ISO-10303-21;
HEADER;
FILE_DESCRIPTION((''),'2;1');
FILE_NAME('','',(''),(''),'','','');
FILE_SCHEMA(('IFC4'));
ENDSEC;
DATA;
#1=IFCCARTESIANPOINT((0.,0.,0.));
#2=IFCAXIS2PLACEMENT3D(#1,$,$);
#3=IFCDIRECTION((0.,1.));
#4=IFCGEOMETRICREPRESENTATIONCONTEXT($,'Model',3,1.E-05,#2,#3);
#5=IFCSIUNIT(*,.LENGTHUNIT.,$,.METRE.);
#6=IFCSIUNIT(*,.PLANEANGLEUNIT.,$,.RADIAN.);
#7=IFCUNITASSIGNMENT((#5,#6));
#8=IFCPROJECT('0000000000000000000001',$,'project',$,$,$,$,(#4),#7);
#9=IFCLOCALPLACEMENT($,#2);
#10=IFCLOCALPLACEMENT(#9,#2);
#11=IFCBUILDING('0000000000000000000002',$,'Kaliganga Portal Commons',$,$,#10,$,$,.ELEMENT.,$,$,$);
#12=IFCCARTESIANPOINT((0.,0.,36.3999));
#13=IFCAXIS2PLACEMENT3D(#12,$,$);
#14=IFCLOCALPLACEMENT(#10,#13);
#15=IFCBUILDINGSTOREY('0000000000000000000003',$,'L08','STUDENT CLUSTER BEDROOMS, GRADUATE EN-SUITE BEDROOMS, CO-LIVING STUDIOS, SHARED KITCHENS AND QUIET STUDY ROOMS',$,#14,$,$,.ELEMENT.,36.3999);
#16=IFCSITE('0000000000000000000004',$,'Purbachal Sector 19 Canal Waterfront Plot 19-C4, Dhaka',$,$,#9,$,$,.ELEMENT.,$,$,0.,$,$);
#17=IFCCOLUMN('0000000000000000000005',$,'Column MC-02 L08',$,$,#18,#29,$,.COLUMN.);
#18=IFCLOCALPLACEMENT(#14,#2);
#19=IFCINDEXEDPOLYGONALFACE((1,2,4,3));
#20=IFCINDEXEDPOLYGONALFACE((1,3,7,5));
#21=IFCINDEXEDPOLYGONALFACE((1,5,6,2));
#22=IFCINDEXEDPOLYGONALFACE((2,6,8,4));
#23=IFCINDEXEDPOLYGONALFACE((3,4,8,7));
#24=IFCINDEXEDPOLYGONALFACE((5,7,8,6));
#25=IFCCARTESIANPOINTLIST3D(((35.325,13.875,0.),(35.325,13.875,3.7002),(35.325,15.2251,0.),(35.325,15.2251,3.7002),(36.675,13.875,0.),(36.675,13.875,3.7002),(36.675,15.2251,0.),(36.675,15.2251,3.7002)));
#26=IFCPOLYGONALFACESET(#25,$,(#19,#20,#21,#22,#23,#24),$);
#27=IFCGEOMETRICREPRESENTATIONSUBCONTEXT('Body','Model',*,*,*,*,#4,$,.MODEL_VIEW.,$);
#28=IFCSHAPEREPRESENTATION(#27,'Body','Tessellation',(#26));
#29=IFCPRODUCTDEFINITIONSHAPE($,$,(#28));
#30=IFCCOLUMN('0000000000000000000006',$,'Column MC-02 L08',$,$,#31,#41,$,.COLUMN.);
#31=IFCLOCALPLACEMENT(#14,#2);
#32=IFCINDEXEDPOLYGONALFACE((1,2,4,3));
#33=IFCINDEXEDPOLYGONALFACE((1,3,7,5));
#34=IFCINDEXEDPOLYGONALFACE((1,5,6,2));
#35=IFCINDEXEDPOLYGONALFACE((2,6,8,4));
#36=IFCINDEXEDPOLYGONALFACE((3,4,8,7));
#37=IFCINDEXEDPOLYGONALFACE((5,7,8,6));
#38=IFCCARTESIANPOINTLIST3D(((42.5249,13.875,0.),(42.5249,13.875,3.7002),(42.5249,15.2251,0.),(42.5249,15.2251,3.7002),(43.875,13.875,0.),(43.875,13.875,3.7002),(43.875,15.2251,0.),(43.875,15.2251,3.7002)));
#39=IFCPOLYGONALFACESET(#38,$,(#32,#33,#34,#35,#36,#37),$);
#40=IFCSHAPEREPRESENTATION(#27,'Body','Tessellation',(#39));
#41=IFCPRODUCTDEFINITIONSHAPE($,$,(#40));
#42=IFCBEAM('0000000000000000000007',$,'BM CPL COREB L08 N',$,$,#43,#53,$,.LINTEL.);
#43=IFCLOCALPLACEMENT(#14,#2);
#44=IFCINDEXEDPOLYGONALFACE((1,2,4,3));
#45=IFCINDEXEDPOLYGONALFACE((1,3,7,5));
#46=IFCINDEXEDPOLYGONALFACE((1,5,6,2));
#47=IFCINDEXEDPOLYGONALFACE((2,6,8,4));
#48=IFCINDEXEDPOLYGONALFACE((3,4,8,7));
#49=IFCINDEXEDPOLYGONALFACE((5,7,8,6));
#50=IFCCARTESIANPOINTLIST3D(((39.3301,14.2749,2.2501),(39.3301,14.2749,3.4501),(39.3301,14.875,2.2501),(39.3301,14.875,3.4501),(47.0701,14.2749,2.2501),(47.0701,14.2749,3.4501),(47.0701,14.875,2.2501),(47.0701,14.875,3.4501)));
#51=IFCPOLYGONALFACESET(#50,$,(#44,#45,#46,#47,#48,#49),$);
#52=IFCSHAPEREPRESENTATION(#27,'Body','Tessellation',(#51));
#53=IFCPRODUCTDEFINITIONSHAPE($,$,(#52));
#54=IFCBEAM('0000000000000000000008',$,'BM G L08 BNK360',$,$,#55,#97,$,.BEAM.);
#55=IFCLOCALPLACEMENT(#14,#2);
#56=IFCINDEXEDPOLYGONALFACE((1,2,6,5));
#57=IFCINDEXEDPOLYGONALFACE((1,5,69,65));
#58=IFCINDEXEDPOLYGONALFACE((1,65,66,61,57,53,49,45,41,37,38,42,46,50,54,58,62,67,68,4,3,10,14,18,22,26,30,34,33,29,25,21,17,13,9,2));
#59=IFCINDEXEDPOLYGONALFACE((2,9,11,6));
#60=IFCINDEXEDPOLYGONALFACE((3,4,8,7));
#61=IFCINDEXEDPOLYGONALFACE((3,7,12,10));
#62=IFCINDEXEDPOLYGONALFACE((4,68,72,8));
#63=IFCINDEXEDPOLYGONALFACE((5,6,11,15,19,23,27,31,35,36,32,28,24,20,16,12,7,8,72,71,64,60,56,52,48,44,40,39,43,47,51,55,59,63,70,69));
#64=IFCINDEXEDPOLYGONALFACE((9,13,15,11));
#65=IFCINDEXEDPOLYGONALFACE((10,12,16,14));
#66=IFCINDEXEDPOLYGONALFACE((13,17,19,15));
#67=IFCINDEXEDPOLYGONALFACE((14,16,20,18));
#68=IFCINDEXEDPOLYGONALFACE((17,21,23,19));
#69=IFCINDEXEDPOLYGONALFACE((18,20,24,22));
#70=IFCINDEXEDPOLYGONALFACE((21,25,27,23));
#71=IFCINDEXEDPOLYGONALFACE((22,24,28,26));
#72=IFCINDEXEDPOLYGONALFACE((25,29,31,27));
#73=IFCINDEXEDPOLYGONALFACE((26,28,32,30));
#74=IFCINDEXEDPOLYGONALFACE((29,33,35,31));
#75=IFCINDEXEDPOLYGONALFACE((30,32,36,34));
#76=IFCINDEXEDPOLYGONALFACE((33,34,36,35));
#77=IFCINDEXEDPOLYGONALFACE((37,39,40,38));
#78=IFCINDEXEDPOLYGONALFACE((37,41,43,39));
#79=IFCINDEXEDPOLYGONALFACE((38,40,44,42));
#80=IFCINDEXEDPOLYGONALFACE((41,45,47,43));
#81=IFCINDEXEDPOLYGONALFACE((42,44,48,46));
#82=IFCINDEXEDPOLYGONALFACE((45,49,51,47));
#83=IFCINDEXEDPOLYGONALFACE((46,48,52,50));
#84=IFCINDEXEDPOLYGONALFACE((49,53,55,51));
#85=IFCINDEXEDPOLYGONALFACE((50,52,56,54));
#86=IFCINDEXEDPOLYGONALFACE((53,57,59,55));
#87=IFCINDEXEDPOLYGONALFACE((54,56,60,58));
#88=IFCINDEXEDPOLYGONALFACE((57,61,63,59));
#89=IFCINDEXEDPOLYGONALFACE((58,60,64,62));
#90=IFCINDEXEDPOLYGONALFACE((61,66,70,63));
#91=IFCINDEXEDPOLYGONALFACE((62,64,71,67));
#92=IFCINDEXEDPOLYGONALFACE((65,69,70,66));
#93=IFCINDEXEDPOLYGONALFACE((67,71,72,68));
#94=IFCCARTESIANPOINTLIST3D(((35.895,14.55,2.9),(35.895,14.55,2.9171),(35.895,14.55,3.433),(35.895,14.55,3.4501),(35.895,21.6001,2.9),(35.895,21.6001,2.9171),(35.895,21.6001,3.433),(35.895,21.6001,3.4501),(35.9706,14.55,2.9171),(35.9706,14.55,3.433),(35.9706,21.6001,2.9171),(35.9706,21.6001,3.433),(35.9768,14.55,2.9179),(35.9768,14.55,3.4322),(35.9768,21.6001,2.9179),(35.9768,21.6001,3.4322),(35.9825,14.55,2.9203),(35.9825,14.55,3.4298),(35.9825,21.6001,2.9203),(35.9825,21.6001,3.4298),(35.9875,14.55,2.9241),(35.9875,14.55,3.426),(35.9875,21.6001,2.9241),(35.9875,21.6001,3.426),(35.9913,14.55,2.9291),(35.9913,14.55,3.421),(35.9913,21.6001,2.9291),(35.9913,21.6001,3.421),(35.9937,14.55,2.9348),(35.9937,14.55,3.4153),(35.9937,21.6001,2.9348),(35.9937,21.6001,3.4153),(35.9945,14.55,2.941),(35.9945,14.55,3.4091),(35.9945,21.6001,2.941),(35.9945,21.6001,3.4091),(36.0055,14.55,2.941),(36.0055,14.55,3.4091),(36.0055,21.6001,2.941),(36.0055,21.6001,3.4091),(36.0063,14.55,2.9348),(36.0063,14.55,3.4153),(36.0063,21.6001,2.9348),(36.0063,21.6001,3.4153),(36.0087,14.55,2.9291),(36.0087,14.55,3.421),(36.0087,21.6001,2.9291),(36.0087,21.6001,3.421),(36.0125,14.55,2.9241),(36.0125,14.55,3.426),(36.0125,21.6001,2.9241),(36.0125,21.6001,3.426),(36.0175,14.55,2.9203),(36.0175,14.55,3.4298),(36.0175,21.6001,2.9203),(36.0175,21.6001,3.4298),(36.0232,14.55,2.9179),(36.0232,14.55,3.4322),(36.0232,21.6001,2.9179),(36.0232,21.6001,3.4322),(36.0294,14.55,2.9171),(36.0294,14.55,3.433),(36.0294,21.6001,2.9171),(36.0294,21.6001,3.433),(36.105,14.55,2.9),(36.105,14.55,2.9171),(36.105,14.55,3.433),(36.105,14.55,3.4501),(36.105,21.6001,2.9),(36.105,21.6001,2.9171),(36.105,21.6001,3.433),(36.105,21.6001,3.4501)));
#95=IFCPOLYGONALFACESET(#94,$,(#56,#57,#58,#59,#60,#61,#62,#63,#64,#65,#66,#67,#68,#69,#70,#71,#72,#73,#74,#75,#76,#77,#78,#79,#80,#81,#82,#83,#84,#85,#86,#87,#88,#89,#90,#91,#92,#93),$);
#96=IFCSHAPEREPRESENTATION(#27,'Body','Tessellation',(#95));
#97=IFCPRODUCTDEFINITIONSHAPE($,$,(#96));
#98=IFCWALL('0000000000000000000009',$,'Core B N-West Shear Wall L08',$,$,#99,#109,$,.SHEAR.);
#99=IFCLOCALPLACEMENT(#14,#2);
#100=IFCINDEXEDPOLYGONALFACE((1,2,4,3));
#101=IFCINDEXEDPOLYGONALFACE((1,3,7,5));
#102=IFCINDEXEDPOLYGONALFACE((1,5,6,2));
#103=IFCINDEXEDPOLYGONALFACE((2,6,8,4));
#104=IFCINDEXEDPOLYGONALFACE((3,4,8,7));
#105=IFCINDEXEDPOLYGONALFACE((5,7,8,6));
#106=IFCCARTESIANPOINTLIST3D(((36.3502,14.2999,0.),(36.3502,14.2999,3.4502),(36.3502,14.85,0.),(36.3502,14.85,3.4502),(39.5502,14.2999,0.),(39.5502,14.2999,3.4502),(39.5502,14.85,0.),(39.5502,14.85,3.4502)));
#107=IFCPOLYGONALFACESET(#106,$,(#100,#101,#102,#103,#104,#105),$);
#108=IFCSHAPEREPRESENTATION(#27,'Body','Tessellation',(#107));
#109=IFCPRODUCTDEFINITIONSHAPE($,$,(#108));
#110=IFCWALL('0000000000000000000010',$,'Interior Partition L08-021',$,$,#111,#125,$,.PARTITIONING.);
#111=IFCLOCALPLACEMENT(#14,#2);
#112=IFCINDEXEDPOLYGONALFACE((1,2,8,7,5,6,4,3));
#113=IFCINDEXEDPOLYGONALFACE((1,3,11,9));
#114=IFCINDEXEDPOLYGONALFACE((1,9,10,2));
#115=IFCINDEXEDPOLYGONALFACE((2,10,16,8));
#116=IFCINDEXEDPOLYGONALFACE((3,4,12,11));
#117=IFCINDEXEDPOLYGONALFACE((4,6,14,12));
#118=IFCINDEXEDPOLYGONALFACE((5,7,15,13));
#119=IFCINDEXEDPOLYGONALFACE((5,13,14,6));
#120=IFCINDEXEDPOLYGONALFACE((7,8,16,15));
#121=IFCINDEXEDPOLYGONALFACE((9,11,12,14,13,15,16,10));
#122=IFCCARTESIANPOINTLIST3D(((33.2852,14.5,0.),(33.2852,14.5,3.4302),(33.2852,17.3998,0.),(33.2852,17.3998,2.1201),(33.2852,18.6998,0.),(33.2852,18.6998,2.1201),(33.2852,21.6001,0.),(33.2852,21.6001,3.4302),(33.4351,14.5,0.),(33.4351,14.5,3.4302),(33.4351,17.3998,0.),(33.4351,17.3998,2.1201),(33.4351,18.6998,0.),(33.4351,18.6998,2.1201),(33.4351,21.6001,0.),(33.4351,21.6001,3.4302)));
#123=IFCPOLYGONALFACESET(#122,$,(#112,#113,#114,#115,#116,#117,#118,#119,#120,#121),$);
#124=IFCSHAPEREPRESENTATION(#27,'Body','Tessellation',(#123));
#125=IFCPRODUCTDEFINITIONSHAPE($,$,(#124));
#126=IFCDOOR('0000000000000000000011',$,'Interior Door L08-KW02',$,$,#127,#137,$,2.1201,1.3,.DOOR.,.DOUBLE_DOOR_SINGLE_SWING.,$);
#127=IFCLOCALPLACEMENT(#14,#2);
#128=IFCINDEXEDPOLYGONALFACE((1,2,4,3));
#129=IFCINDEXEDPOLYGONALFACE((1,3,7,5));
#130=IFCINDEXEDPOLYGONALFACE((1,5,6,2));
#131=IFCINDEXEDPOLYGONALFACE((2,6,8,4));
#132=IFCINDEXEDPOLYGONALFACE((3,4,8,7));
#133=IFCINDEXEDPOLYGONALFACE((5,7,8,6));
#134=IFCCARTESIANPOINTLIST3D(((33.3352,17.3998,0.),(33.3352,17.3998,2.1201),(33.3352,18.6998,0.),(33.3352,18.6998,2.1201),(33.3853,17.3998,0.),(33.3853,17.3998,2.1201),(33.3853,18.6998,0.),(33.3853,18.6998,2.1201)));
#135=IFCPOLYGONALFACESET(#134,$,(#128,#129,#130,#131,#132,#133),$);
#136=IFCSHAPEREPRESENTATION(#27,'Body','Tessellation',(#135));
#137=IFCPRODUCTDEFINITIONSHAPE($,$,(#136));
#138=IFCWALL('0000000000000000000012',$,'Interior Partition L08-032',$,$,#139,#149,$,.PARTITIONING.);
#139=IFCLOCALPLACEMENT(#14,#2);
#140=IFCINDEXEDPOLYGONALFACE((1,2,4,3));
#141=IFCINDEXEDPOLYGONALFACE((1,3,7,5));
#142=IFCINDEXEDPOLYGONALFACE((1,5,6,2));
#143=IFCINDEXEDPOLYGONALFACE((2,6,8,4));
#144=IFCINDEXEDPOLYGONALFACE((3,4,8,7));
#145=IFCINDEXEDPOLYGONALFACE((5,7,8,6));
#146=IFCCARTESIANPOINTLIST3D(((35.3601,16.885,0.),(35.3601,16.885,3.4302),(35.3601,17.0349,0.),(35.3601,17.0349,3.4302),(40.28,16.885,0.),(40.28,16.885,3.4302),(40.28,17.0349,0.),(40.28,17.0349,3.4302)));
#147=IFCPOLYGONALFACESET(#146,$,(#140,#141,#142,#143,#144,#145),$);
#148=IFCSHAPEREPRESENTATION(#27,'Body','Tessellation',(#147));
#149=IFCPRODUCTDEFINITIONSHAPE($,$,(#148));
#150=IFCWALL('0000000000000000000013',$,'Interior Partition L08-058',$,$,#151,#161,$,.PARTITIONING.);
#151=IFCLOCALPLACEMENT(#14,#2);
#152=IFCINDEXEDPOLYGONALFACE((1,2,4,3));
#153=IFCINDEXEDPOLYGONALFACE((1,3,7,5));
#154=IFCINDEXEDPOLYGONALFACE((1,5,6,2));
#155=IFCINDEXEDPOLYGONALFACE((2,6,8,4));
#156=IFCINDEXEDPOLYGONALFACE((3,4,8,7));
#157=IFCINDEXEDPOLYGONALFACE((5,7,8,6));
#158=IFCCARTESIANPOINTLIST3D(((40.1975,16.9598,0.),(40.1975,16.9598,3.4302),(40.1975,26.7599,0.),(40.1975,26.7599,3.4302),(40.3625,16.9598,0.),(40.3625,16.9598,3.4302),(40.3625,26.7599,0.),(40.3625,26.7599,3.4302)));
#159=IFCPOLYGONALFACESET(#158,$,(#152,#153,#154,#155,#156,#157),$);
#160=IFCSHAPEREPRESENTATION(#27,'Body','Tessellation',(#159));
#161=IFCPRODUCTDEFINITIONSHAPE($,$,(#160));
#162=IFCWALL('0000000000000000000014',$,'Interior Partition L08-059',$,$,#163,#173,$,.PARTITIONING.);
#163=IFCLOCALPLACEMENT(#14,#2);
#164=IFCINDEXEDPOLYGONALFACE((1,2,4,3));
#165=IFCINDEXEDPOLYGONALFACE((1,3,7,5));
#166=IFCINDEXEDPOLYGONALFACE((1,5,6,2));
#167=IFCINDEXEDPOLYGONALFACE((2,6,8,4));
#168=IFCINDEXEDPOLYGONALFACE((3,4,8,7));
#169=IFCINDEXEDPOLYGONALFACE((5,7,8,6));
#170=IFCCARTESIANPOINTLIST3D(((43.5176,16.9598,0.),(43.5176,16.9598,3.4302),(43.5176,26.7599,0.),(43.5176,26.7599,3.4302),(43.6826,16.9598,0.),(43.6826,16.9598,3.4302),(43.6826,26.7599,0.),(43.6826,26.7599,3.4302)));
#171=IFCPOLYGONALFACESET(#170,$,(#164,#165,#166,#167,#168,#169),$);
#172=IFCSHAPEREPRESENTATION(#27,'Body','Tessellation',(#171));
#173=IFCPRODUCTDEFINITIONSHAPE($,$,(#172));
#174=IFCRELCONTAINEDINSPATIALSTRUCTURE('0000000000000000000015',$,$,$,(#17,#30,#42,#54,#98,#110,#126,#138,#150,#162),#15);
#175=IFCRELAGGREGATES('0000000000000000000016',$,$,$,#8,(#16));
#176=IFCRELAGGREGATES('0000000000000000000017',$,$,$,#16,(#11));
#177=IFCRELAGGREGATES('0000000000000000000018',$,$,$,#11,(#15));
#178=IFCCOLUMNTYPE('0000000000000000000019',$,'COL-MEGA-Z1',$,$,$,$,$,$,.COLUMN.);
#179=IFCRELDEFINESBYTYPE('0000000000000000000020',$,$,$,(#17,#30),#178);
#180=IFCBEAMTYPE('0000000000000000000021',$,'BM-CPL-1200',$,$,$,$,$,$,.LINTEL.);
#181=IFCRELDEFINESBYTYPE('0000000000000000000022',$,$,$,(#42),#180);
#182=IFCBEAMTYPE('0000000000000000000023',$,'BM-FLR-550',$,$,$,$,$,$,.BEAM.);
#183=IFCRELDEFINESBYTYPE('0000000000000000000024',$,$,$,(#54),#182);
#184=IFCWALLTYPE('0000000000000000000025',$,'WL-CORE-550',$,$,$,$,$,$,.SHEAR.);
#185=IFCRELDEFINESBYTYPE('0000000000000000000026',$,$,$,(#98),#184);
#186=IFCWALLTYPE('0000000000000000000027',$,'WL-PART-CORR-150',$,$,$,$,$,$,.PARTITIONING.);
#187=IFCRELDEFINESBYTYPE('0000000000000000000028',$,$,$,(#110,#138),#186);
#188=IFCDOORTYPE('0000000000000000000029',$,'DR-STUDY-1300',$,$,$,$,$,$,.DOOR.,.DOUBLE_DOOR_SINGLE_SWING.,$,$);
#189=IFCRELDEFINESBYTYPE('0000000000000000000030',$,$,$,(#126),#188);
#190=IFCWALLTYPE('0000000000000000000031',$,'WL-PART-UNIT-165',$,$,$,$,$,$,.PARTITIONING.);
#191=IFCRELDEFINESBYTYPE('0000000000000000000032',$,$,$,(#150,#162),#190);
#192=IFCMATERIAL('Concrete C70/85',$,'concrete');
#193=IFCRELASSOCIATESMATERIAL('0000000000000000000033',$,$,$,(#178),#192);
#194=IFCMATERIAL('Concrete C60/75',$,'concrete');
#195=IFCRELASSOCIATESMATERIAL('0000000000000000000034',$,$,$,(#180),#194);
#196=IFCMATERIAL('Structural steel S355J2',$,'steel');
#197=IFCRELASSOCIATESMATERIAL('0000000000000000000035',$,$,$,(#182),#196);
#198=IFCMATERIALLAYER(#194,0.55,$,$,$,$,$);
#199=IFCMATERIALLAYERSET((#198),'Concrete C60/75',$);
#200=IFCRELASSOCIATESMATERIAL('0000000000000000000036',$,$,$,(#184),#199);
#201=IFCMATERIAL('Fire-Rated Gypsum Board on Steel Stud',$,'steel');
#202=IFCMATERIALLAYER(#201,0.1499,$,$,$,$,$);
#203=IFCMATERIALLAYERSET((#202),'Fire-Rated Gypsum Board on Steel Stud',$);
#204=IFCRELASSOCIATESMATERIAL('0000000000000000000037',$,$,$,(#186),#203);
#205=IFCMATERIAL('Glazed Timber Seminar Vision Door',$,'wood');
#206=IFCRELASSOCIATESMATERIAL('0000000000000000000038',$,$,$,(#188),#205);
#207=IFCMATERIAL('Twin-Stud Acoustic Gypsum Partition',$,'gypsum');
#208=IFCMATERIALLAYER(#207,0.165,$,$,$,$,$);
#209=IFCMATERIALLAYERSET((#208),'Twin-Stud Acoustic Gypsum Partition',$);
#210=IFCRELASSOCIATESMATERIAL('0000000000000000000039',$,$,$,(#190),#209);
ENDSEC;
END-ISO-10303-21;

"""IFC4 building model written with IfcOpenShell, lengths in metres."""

from ifc_helpers import new_model, si_unit, direction, frame, frame_2d, origin, origin_2d, place, context, subcontext, project, spatial, rectangle, i_section, extrude, source, transform, mapped, material, layer, layer_set, material_profile, profile_set, type_object, element, fill, save


model = new_model("IFC4")

# Units and contexts
model_context = context("Model", 3, precision=1e-05, world=origin(), true_north=direction((0.0, 1.0)))
body_context = subcontext(model_context, "Body", "Model", "MODEL_VIEW")
ifc_project = project(units=[si_unit("LENGTHUNIT", "METRE"), si_unit("PLANEANGLEUNIT", "RADIAN")], contexts=[model_context])

# Site, building, storey
site_placement = place(None, origin())
site = spatial("IfcSite", under=ifc_project, at=site_placement, Name="Purbachal Sector 19 Canal Waterfront Plot 19-C4, Dhaka", CompositionType="ELEMENT", RefElevation=0.0)
building_placement = place(site_placement, origin())
building = spatial("IfcBuilding", under=site, at=building_placement, Name="Kaliganga Portal Commons", CompositionType="ELEMENT")
storey_placement = place(building_placement, frame((0.0, 0.0, 36.3999)))
storey = spatial("IfcBuildingStorey", under=building, at=storey_placement, Name="L08", Description="STUDENT CLUSTER BEDROOMS, GRADUATE EN-SUITE BEDROOMS, CO-LIVING STUDIOS, SHARED KITCHENS AND QUIET STUDY ROOMS", CompositionType="ELEMENT", Elevation=36.3999)

# Columns
ifc_material_1 = material(Name="Concrete C70/85", Category="concrete")
ifc_material_profile_1 = material_profile(ifc_material_1, rectangle(XDim=1.3501, YDim=1.3501, at=origin_2d()), Name="RC 1350x1350")
ifc_profile_set_1 = profile_set([ifc_material_profile_1], Name="Concrete C70/85")
column_type = type_object("IfcColumnType", Name="COL-MEGA-Z1", PredefinedType="COLUMN", material=ifc_profile_set_1)
shared_shape_1 = source(origin(), body_context, "Body", "SweptSolid", [
    extrude(rectangle(XDim=1.3501, YDim=1.3501, at=origin_2d()), origin(), (0.0, 0.0, 1.0), 3.7002),
])
for number, where, z_axis, x_axis, name in (
    (1, (36.0, 14.55, 0.0), (0.0, 0.0, 1.0), (1.0, 0.0, 0.0), "Column MC-02 L08"),
    (2, (43.2, 14.55, 0.0), (0.0, 0.0, 1.0), (1.0, 0.0, 0.0), "Column MC-02 L08"),
):
    element("IfcColumn", number, at=place(storey_placement, frame(where, z_axis=z_axis, x_axis=x_axis)), inside=storey, type_object=column_type, Name=name, PredefinedType="COLUMN", context=body_context, shape_type="MappedRepresentation", body=[
        mapped(shared_shape_1, transform((0.0, 0.0, 0.0), x_axis=(1.0, 0.0, 0.0), y_axis=(0.0, 1.0, 0.0), z_axis=(0.0, 0.0, 1.0), scale=1.0)),
    ])

# Beams
ifc_material_2 = material(Name="Concrete C60/75", Category="concrete")
ifc_material_profile_2 = material_profile(ifc_material_2, rectangle(XDim=0.6001, YDim=1.2, at=origin_2d()), Name="RC 600x1200")
ifc_profile_set_2 = profile_set([ifc_material_profile_2], Name="Concrete C60/75")
beam_type_1 = type_object("IfcBeamType", Name="BM-CPL-1200", PredefinedType="LINTEL", material=ifc_profile_set_2)
shared_shape_2 = source(origin(), body_context, "Body", "SweptSolid", [
    extrude(rectangle(XDim=0.6001, YDim=1.2, at=origin_2d()), origin(), (0.0, 0.0, 1.0), 7.74),
])
beam_1_placement = place(storey_placement, frame((39.3301, 14.575, 2.8501), z_axis=(1.0, 0.0, 0.0), x_axis=(0.0, 1.0, 0.0)))
element("IfcBeam", 3, at=beam_1_placement, inside=storey, type_object=beam_type_1, Name="BM CPL COREB L08 N", PredefinedType="LINTEL", context=body_context, shape_type="MappedRepresentation", body=[
    mapped(shared_shape_2, transform((0.0, 0.0, 0.0), x_axis=(1.0, 0.0, 0.0), y_axis=(0.0, 1.0, 0.0), z_axis=(0.0, 0.0, 1.0), scale=1.0)),
])
ifc_material_3 = material(Name="Structural steel S355J2", Category="steel")
ifc_material_profile_3 = material_profile(ifc_material_3, i_section(OverallWidth=0.21, OverallDepth=0.55, WebThickness=0.011, FlangeThickness=0.0171, FilletRadius=0.0239, at=origin_2d()), Name="IPE 550")
ifc_profile_set_3 = profile_set([ifc_material_profile_3], Name="Structural steel S355J2 wide-flange")
beam_type_2 = type_object("IfcBeamType", Name="BM-FLR-550", PredefinedType="BEAM", material=ifc_profile_set_3)
shared_shape_3 = source(origin(), body_context, "Body", "SweptSolid", [
    extrude(i_section(OverallWidth=0.21, OverallDepth=0.55, WebThickness=0.011, FlangeThickness=0.0171, FilletRadius=0.0239, at=origin_2d()), origin(), (0.0, 0.0, 1.0), 7.05),
])
beam_2_placement = place(storey_placement, frame((36.0, 14.55, 3.175), z_axis=(0.0, 1.0, 0.0), x_axis=(-1.0, 0.0, 0.0)))
element("IfcBeam", 4, at=beam_2_placement, inside=storey, type_object=beam_type_2, Name="BM G L08 BNK360", PredefinedType="BEAM", context=body_context, shape_type="MappedRepresentation", body=[
    mapped(shared_shape_3, transform((0.0, 0.0, 0.0), x_axis=(1.0, 0.0, 0.0), y_axis=(0.0, 1.0, 0.0), z_axis=(0.0, 0.0, 1.0), scale=1.0)),
])

# Wall
ifc_layer_1 = layer(ifc_material_2, 0.55)
ifc_layer_set_1 = layer_set([ifc_layer_1], Name="Concrete C60/75")
wall_type_1 = type_object("IfcWallType", Name="WL-CORE-550", PredefinedType="SHEAR", material=ifc_layer_set_1)
wall_1_placement = place(storey_placement, frame((36.3501, 14.575, 0.0), z_axis=(0.0, 0.0, 1.0), x_axis=(1.0, 0.0, 0.0)))
element("IfcWall", 5, at=wall_1_placement, inside=storey, type_object=wall_type_1, Name="Core B N-West Shear Wall L08", PredefinedType="SHEAR", context=body_context, shape_type="SweptSolid", body=[
    extrude(rectangle(XDim=3.2, YDim=0.55, at=frame_2d((1.6001, 0.0))), origin(), (0.0, 0.0, 1.0), 3.4502),
])

# Wall, opening, door
ifc_material_4 = material(Name="Fire-Rated Gypsum Board on Steel Stud", Category="steel")
ifc_layer_2 = layer(ifc_material_4, 0.1499)
ifc_layer_set_2 = layer_set([ifc_layer_2], Name="Fire-Rated Gypsum Board on Steel Stud")
wall_type_2 = type_object("IfcWallType", Name="WL-PART-CORR-150", PredefinedType="PARTITIONING", material=ifc_layer_set_2)
ifc_material_5 = material(Name="Glazed Timber Seminar Vision Door", Category="wood")
door_type_1 = type_object("IfcDoorType", Name="DR-STUDY-1300", OperationType="DOUBLE_DOOR_SINGLE_SWING", PredefinedType="DOOR", material=ifc_material_5)
wall_2_placement = place(storey_placement, frame((33.3601, 14.5, 0.0), z_axis=(0.0, 0.0, 1.0), x_axis=(0.0, 1.0, 0.0)))
wall_2 = element("IfcWall", 6, at=wall_2_placement, inside=storey, type_object=wall_type_2, Name="Interior Partition L08-021", PredefinedType="PARTITIONING", context=body_context, shape_type="SweptSolid", body=[
    extrude(rectangle(XDim=7.1001, YDim=0.1499, at=frame_2d((3.55, 0.0))), origin(), (0.0, 0.0, 1.0), 3.4302),
])
opening_1_placement = place(wall_2_placement, frame((2.8999, 0.0, 0.0)))
opening_1 = element("IfcOpeningElement", 7, at=opening_1_placement, cuts=wall_2, PredefinedType="OPENING", context=body_context, shape_type="SweptSolid", body=[
    extrude(rectangle(XDim=1.3, YDim=2.1201, at=frame_2d((0.6499, 1.0601))), frame((0.0, 0.085, 0.0), z_axis=(0.0, -1.0, 0.0), x_axis=(1.0, 0.0, 0.0)), (0.0, 0.0, 1.0), 0.1699),
])
door_1_placement = place(opening_1_placement, origin())
door_1 = element("IfcDoor", 8, at=door_1_placement, inside=storey, type_object=door_type_1, Name="Interior Door L08-KW02", OperationType="DOUBLE_DOOR_SINGLE_SWING", OverallHeight=2.1201, OverallWidth=1.3, PredefinedType="DOOR", context=body_context, shape_type="SweptSolid", body=[
    extrude(rectangle(XDim=1.3, YDim=2.1201, at=frame_2d((0.6499, 1.0601))), frame((0.0, 0.0249, 0.0), z_axis=(0.0, -1.0, 0.0), x_axis=(1.0, 0.0, 0.0)), (0.0, 0.0, 1.0), 0.05),
])
fill(opening_1, door_1)

# Wall
wall_3_placement = place(storey_placement, frame((35.3601, 16.96, 0.0), z_axis=(0.0, 0.0, 1.0), x_axis=(1.0, 0.0, 0.0)))
element("IfcWall", 9, at=wall_3_placement, inside=storey, type_object=wall_type_2, Name="Interior Partition L08-032", PredefinedType="PARTITIONING", context=body_context, shape_type="SweptSolid", body=[
    extrude(rectangle(XDim=4.9199, YDim=0.1499, at=frame_2d((2.46, 0.0))), origin(), (0.0, 0.0, 1.0), 3.4302),
])

# Walls
ifc_material_6 = material(Name="Twin-Stud Acoustic Gypsum Partition", Category="gypsum")
ifc_layer_3 = layer(ifc_material_6, 0.165)
ifc_layer_set_3 = layer_set([ifc_layer_3], Name="Twin-Stud Acoustic Gypsum Partition")
wall_type_3 = type_object("IfcWallType", Name="WL-PART-UNIT-165", PredefinedType="PARTITIONING", material=ifc_layer_set_3)
for number, where, z_axis, x_axis, name in (
    (10, (40.28, 16.96, 0.0), (0.0, 0.0, 1.0), (0.0, 1.0, 0.0), "Interior Partition L08-058"),
    (11, (43.6001, 16.96, 0.0), (0.0, 0.0, 1.0), (0.0, 1.0, 0.0), "Interior Partition L08-059"),
):
    element("IfcWall", number, at=place(storey_placement, frame(where, z_axis=z_axis, x_axis=x_axis)), inside=storey, type_object=wall_type_3, Name=name, PredefinedType="PARTITIONING", context=body_context, shape_type="SweptSolid", body=[
        extrude(rectangle(XDim=9.8, YDim=0.165, at=frame_2d((4.8999, 0.0))), origin(), (0.0, 0.0, 1.0), 3.4302),
    ])

save(model, "model.ifc")
